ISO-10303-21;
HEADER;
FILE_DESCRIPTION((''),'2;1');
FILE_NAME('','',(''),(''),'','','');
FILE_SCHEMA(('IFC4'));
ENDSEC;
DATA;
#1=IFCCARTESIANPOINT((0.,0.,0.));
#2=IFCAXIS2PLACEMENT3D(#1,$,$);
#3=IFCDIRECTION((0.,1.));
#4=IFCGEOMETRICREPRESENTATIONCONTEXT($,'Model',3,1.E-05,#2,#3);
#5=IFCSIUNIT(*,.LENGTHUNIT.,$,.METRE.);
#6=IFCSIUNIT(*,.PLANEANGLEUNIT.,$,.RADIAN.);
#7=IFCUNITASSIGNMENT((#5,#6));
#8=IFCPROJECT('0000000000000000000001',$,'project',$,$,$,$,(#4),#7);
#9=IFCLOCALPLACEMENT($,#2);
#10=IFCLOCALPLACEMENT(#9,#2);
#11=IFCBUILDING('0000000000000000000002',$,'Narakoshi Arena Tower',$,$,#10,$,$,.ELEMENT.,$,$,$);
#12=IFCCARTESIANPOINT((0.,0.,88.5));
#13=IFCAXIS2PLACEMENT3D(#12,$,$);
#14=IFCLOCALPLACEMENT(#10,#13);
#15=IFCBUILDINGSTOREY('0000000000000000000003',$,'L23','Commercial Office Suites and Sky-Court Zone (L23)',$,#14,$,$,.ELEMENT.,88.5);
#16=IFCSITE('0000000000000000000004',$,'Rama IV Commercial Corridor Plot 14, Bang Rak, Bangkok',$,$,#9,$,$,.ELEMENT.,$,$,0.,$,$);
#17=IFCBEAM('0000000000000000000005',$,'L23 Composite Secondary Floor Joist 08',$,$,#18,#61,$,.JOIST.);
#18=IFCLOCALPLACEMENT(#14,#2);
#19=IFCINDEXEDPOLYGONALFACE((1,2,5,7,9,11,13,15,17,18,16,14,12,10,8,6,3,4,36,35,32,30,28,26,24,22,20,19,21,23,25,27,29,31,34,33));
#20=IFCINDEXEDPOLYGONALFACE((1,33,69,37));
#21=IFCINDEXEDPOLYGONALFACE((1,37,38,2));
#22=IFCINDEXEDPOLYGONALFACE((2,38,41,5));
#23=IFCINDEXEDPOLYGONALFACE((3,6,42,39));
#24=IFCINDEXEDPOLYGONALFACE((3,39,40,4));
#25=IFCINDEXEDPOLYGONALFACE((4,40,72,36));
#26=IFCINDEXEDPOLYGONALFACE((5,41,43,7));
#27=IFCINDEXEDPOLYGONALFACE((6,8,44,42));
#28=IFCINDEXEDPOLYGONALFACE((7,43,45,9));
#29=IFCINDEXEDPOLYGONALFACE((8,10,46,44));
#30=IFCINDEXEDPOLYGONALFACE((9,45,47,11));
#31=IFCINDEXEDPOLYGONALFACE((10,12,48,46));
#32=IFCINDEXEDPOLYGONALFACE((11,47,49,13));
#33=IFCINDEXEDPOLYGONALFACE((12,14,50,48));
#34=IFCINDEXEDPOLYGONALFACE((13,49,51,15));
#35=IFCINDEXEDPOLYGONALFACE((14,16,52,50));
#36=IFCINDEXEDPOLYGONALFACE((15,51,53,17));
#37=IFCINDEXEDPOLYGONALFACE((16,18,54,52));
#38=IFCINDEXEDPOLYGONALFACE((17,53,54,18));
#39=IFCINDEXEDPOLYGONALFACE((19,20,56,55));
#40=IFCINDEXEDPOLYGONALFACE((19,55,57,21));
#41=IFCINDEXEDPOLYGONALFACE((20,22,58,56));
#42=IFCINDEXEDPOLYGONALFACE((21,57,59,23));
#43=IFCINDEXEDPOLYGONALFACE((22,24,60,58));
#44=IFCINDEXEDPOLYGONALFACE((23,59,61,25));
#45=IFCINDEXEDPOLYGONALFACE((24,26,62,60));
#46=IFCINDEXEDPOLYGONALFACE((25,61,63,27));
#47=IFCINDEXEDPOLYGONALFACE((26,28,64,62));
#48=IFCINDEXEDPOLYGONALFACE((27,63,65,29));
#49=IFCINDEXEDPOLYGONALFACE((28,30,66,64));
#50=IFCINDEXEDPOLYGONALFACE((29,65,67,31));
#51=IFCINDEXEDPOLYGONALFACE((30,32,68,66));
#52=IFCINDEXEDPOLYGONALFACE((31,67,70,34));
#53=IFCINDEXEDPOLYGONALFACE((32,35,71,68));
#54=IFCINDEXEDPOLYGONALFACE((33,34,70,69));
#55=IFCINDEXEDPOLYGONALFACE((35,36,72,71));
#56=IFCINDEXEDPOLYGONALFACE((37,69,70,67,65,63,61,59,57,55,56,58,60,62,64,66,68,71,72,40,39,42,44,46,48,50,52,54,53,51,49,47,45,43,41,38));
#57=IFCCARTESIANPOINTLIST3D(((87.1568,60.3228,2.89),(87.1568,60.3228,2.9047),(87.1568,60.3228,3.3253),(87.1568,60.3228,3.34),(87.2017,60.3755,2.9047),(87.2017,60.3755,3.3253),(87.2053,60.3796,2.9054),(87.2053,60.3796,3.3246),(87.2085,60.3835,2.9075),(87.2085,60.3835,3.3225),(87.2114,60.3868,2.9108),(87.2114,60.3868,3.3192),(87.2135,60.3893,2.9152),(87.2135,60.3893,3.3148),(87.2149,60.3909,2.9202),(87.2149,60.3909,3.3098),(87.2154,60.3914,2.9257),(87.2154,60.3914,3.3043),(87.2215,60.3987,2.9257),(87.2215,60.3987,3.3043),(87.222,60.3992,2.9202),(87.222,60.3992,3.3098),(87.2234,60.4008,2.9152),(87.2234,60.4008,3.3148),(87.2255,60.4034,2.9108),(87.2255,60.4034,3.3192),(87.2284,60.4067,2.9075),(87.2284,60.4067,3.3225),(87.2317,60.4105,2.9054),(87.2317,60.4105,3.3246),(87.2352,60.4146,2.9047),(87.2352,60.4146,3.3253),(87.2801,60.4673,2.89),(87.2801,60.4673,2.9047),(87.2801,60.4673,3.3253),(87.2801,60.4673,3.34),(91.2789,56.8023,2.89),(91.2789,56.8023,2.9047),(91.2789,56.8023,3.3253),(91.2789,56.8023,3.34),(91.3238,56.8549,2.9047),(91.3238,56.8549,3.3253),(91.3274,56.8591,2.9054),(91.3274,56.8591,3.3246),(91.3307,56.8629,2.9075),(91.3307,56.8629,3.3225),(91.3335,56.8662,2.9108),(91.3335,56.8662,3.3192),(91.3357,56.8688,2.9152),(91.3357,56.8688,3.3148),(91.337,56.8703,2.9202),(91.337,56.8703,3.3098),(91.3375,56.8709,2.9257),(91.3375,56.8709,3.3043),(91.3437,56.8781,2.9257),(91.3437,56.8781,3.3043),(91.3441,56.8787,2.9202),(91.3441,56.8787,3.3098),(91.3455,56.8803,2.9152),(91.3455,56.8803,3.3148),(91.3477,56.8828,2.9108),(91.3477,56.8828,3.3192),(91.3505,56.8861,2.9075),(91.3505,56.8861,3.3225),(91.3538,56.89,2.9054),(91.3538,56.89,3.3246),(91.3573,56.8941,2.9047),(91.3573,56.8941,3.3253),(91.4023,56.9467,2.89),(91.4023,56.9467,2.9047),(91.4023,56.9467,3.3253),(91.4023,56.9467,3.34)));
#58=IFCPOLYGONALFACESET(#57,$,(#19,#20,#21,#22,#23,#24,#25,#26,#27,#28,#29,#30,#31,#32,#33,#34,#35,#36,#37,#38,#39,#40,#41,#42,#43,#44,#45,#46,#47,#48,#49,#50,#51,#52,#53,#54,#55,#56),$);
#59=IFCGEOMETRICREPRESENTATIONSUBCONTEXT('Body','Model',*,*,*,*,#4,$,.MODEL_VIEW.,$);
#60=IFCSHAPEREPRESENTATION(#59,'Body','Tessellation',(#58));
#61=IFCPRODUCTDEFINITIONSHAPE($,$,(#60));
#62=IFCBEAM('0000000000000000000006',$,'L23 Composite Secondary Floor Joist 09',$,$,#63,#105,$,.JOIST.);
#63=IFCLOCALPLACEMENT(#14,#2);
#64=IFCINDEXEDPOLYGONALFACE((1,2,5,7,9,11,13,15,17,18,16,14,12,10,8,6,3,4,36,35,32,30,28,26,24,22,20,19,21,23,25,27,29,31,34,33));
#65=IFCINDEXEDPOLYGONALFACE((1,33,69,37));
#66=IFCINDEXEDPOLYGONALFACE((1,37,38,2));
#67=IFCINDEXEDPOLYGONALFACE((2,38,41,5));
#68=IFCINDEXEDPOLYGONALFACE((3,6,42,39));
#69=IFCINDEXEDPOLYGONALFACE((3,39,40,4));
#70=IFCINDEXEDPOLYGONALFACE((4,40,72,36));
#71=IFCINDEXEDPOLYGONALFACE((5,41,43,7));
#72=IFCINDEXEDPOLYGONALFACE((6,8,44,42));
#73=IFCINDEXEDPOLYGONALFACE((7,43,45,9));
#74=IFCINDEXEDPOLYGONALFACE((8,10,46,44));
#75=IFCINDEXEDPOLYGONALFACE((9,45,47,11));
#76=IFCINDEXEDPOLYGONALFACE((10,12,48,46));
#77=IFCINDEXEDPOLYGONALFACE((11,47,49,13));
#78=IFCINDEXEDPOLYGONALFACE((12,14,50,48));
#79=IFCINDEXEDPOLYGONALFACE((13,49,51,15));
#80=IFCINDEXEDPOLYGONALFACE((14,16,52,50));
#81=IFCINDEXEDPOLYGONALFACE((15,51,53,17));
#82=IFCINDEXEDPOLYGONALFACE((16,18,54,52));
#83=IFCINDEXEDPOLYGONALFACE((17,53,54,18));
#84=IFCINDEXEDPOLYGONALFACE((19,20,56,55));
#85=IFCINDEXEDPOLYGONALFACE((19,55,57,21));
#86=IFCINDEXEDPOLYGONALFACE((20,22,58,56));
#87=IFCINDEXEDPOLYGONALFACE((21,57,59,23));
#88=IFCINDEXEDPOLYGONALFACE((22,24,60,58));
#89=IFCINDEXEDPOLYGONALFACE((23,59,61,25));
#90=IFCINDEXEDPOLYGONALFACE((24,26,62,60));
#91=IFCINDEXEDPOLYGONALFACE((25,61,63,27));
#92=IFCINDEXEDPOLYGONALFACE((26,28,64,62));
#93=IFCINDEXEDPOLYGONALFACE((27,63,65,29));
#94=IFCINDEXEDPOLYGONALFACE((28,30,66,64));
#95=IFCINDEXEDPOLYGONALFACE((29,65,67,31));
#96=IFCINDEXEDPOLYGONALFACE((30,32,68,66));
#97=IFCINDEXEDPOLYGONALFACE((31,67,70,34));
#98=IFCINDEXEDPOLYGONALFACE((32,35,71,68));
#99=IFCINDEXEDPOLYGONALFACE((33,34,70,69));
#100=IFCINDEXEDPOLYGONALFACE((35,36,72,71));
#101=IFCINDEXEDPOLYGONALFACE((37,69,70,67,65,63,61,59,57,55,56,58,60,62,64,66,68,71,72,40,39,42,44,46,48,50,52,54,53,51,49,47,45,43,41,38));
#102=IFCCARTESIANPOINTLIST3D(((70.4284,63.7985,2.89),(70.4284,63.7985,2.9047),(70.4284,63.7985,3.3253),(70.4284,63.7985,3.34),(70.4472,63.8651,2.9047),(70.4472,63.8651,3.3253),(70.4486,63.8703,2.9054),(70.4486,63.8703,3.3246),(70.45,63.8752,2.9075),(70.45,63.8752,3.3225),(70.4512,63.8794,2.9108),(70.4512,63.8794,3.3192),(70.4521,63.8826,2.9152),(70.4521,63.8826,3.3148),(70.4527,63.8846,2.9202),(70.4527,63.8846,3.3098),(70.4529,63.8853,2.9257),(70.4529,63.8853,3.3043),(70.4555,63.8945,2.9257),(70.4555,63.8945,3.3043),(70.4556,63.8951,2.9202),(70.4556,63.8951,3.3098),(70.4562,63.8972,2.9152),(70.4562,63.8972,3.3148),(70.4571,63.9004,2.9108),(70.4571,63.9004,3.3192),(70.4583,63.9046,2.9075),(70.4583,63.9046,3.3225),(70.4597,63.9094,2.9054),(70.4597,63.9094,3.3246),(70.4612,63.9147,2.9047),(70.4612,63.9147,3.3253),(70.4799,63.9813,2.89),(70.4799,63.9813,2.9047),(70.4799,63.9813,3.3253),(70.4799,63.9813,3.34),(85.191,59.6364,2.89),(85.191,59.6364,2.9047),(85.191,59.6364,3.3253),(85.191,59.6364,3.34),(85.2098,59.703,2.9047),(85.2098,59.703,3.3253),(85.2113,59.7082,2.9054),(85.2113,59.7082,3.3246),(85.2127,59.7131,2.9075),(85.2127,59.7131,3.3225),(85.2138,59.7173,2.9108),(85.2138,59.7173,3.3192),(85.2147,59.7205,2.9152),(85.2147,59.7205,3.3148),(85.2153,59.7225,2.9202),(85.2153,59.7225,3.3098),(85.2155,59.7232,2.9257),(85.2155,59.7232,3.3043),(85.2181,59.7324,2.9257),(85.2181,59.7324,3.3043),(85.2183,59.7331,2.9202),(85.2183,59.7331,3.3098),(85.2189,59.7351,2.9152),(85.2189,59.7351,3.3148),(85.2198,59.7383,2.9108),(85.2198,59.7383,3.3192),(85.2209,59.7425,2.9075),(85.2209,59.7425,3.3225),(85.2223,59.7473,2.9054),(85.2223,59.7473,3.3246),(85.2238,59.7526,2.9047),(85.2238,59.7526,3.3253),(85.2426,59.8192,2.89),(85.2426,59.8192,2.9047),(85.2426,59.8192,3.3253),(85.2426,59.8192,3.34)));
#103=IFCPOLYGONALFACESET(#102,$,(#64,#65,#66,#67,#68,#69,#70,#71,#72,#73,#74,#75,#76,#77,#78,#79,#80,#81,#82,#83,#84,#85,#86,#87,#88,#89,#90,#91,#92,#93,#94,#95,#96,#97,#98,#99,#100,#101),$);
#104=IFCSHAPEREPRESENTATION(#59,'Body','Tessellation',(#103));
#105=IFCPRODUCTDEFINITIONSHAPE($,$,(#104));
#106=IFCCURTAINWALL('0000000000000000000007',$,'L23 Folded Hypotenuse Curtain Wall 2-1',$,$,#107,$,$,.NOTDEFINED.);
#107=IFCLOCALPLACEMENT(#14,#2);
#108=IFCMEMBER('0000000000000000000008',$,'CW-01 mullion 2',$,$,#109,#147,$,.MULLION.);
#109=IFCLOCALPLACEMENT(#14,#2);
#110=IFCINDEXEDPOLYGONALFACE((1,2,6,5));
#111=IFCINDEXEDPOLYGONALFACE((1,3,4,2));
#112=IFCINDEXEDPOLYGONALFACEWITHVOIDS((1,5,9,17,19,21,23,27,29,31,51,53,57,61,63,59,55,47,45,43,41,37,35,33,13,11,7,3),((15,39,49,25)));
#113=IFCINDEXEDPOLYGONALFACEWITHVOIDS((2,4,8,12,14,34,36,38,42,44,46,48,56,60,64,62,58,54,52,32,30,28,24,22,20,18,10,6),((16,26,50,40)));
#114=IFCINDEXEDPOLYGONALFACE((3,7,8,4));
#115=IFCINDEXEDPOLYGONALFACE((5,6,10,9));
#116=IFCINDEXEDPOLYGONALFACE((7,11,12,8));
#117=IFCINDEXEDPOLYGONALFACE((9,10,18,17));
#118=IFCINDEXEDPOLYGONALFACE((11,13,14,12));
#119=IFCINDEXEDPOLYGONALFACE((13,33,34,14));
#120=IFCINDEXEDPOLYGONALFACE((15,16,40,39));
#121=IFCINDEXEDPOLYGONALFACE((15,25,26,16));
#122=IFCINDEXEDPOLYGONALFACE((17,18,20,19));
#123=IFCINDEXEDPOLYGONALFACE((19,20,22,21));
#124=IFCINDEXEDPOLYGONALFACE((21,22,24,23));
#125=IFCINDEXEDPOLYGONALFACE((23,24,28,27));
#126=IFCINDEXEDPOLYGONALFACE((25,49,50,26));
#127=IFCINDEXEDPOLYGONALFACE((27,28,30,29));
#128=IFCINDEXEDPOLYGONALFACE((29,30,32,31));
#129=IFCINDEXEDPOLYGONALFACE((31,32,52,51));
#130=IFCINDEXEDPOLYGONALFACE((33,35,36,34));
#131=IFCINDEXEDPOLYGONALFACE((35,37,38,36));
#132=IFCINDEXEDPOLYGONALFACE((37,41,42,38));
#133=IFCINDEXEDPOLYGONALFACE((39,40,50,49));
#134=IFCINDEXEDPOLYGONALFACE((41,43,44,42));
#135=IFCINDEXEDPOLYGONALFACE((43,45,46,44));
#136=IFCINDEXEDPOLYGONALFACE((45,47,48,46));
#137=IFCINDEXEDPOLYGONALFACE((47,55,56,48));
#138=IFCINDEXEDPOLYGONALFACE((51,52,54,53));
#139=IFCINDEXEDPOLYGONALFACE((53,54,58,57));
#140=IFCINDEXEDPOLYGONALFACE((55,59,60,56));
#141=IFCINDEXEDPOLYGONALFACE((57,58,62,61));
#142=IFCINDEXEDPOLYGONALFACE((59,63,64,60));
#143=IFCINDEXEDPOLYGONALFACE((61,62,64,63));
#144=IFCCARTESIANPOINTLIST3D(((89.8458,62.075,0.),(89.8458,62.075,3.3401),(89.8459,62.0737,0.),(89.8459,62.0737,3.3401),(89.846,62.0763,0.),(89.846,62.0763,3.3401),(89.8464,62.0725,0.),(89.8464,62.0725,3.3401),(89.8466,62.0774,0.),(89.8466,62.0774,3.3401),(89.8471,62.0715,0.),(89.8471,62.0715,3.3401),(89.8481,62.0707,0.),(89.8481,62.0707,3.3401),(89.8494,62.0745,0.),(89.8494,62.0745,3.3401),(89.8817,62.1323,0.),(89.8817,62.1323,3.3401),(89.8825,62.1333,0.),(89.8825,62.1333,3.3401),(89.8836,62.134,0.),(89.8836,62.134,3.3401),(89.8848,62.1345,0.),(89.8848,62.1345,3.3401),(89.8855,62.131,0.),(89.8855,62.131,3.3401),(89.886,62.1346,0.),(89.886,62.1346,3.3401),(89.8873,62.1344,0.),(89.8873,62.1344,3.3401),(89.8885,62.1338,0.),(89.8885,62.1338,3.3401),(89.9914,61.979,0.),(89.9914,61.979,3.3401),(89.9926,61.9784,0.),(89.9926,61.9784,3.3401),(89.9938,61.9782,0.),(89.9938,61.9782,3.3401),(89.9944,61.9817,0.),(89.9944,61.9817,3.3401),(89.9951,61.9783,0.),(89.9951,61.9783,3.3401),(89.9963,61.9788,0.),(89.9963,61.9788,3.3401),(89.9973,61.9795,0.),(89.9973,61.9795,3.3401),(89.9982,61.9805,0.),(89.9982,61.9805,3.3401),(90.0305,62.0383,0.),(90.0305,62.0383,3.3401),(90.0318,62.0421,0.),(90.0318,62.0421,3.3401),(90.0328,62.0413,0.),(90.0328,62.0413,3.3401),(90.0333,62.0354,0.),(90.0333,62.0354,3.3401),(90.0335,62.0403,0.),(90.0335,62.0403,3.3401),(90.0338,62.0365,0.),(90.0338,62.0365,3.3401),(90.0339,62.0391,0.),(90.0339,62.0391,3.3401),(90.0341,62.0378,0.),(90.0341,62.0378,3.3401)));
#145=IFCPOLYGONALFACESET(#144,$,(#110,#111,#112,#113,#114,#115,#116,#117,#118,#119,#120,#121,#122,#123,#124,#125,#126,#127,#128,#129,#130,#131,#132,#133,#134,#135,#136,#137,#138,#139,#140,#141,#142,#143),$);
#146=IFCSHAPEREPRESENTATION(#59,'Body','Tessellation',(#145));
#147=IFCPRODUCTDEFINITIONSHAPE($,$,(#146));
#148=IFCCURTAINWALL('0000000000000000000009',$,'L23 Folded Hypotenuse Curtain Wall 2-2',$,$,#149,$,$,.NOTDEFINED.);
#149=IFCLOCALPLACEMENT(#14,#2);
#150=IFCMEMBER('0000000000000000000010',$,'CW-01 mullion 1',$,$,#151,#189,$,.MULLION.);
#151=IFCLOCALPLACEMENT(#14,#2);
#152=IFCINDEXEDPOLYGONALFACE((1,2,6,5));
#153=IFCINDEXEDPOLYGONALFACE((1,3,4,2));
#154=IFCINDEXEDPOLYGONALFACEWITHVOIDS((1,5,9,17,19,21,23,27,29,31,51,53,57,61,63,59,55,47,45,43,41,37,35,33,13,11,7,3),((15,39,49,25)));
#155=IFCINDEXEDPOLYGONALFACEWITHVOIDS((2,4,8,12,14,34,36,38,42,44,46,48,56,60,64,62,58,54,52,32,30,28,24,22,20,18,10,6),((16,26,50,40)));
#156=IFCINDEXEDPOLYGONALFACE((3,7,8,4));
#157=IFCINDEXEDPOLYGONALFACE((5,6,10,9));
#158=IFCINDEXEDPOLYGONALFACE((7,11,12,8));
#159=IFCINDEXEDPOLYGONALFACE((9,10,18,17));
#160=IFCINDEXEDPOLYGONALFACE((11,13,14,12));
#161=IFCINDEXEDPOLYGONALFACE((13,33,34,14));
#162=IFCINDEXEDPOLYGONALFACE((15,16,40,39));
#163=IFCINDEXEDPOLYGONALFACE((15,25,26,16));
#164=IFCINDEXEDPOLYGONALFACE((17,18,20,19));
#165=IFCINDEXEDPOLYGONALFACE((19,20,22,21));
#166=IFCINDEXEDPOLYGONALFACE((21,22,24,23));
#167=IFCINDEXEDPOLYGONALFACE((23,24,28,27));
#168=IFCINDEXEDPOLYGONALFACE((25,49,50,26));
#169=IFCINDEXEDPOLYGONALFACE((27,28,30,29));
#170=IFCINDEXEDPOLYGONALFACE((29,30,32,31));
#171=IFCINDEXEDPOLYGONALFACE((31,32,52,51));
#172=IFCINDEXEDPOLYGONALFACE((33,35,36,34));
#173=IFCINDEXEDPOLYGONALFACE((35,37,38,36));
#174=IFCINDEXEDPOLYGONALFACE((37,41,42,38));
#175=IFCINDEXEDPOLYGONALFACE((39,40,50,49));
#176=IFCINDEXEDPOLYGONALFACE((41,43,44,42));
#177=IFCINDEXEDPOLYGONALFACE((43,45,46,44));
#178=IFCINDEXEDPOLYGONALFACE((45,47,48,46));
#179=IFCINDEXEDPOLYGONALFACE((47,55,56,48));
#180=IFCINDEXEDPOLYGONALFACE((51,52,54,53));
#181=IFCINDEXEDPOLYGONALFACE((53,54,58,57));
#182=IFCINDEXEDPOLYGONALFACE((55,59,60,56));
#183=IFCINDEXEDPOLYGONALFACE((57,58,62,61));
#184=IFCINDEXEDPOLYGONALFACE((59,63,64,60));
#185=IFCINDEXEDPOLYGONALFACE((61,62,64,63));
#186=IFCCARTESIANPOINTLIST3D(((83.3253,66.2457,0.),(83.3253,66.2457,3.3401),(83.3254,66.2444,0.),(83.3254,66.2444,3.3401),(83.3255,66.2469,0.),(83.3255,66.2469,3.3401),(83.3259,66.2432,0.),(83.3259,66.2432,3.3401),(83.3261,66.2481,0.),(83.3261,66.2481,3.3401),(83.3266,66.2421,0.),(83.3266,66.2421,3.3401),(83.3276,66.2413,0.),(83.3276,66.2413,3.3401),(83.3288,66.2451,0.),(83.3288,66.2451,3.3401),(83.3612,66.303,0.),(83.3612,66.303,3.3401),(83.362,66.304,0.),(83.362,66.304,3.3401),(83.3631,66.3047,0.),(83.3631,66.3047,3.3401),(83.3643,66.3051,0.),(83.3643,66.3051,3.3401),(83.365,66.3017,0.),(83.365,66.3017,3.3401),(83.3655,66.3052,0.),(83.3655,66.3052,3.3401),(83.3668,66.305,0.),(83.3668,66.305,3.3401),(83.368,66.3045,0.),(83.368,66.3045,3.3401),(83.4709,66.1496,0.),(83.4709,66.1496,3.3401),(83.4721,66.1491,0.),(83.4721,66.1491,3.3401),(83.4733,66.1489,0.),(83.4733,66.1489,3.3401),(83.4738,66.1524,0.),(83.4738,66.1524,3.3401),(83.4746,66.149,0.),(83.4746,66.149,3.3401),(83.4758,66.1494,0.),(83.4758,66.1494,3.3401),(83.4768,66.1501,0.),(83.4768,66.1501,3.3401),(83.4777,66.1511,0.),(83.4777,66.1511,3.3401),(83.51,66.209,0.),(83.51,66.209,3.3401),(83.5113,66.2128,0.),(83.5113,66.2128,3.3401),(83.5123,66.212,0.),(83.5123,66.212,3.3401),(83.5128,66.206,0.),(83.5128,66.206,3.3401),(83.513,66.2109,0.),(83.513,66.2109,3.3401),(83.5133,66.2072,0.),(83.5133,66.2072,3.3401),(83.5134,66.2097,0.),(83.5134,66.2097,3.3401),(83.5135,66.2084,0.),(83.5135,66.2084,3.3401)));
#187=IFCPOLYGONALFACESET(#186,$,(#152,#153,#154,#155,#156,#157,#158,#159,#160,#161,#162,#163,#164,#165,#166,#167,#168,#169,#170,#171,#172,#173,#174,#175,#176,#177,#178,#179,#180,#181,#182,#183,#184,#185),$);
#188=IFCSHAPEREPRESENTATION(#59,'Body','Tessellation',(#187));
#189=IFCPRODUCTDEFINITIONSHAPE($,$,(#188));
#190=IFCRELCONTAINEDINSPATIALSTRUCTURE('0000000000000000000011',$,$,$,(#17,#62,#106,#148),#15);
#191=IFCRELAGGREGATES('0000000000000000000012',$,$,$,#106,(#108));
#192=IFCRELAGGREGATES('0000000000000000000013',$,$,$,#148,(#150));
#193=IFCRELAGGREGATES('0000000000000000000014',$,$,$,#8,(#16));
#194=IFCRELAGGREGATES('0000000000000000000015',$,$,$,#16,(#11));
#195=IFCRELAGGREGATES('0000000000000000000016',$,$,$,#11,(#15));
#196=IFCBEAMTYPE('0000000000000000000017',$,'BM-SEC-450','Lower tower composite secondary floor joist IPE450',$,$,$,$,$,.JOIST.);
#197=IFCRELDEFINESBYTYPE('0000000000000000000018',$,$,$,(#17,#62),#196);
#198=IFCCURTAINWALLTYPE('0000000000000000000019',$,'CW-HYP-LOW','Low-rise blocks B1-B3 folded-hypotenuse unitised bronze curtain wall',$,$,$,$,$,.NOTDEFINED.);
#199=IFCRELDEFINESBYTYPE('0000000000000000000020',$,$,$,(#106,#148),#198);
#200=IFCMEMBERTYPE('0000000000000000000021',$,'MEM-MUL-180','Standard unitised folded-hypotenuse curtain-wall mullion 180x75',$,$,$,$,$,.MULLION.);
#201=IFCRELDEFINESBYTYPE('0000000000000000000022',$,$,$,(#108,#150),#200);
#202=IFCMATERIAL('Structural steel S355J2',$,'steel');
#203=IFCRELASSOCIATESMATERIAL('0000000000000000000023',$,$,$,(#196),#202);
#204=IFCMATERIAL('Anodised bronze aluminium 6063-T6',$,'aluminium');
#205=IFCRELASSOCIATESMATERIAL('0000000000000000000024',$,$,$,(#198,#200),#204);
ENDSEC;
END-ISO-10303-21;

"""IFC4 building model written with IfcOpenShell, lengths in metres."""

from ifc_helpers import new_model, si_unit, direction, frame, origin, origin_2d, place, context, subcontext, project, spatial, hollow_rectangle, i_section, extrude, material, material_profile, profile_set, type_object, element, aggregate, save


model = new_model("IFC4")

# Units and contexts
model_context = context("Model", 3, precision=1e-05, world=origin(), true_north=direction((0.0, 1.0)))
body_context = subcontext(model_context, "Body", "Model", "MODEL_VIEW")
ifc_project = project(units=[si_unit("LENGTHUNIT", "METRE"), si_unit("PLANEANGLEUNIT", "RADIAN")], contexts=[model_context])

# Site, building, storey
site_placement = place(None, origin())
site = spatial("IfcSite", under=ifc_project, at=site_placement, Name="Rama IV Commercial Corridor Plot 14, Bang Rak, Bangkok", CompositionType="ELEMENT", RefElevation=0.0)
building_placement = place(site_placement, origin())
building = spatial("IfcBuilding", under=site, at=building_placement, Name="Narakoshi Arena Tower", CompositionType="ELEMENT")
storey_placement = place(building_placement, frame((0.0, 0.0, 88.5)))
storey = spatial("IfcBuildingStorey", under=building, at=storey_placement, Name="L23", Description="Commercial Office Suites and Sky-Court Zone (L23)", CompositionType="ELEMENT", Elevation=88.5)

# Beams
ifc_material_1 = material(Name="Structural steel S355J2", Category="steel")
ifc_material_profile_1 = material_profile(ifc_material_1, i_section(OverallWidth=0.1899, OverallDepth=0.45, WebThickness=0.0095, FlangeThickness=0.0146, FilletRadius=0.021, at=origin_2d()), Name="IPE450")
ifc_profile_set_1 = profile_set([ifc_material_profile_1], Name="Structural steel S355J2")
beam_type_1 = type_object("IfcBeamType", Name="BM-SEC-450", Description="Lower tower composite secondary floor joist IPE450", PredefinedType="JOIST", material=ifc_profile_set_1)
beam_1_placement = place(storey_placement, frame((91.3406, 56.8745, 3.115), z_axis=(-0.760413, 0.64944, 0.0), x_axis=(-0.64944, -0.760413, 0.0)))
element("IfcBeam", 1, at=beam_1_placement, inside=storey, type_object=beam_type_1, Name="L23 Composite Secondary Floor Joist 08", PredefinedType="JOIST", context=body_context, shape_type="SweptSolid", body=[
    extrude(i_section(OverallWidth=0.1899, OverallDepth=0.45, WebThickness=0.0095, FlangeThickness=0.0146, FilletRadius=0.021, at=origin_2d()), origin(), (0.0, 0.0, 1.0), 5.4209),
])
beam_2_placement = place(storey_placement, frame((85.2168, 59.7278, 3.115), z_axis=(-0.962479, 0.271356, 0.0), x_axis=(-0.271356, -0.962479, 0.0)))
element("IfcBeam", 2, at=beam_2_placement, inside=storey, type_object=beam_type_1, Name="L23 Composite Secondary Floor Joist 09", PredefinedType="JOIST", context=body_context, shape_type="SweptSolid", body=[
    extrude(i_section(OverallWidth=0.1899, OverallDepth=0.45, WebThickness=0.0095, FlangeThickness=0.0146, FilletRadius=0.021, at=origin_2d()), origin(), (0.0, 0.0, 1.0), 15.3381),
])

# Curtain wall, member
ifc_material_2 = material(Name="Anodised bronze aluminium 6063-T6", Category="aluminium")
curtain_wall_type = type_object("IfcCurtainWallType", Name="CW-HYP-LOW", Description="Low-rise blocks B1-B3 folded-hypotenuse unitised bronze curtain wall", PredefinedType="NOTDEFINED", material=ifc_material_2)
curtain_wall_1_placement = place(storey_placement, origin())
curtain_wall_1 = element("IfcCurtainWall", 3, at=curtain_wall_1_placement, inside=storey, type_object=curtain_wall_type, Name="L23 Folded Hypotenuse Curtain Wall 2-1", PredefinedType="NOTDEFINED")
ifc_material_profile_2 = material_profile(ifc_material_2, hollow_rectangle(XDim=0.075, YDim=0.1799, WallThickness=0.0039, OuterFilletRadius=0.0049, at=origin_2d()), Name="MUL180x75x4")
ifc_profile_set_2 = profile_set([ifc_material_profile_2], Name="Anodised bronze aluminium 6063-T6")
member_type_1 = type_object("IfcMemberType", Name="MEM-MUL-180", Description="Standard unitised folded-hypotenuse curtain-wall mullion 180x75", PredefinedType="MULLION", material=ifc_profile_set_2)
member_1_placement = place(storey_placement, frame((89.9399, 62.0564, 0.0), z_axis=(0.0, 0.0, 1.0), x_axis=(-0.538822, -0.842419, 0.0)))
member_1 = element("IfcMember", 4, at=member_1_placement, type_object=member_type_1, Name="CW-01 mullion 2", PredefinedType="MULLION", context=body_context, shape_type="SweptSolid", body=[
    extrude(hollow_rectangle(XDim=0.075, YDim=0.1799, WallThickness=0.0039, OuterFilletRadius=0.0049, at=origin_2d()), origin(), (0.0, 0.0, 1.0), 3.3401),
])

# Curtain wall, member
curtain_wall_2_placement = place(storey_placement, origin())
curtain_wall_2 = element("IfcCurtainWall", 5, at=curtain_wall_2_placement, inside=storey, type_object=curtain_wall_type, Name="L23 Folded Hypotenuse Curtain Wall 2-2", PredefinedType="NOTDEFINED")
member_2_placement = place(storey_placement, frame((83.4194, 66.2271, 0.0), z_axis=(0.0, 0.0, 1.0), x_axis=(-0.538829, -0.842415, 0.0)))
member_2 = element("IfcMember", 6, at=member_2_placement, type_object=member_type_1, Name="CW-01 mullion 1", PredefinedType="MULLION", context=body_context, shape_type="SweptSolid", body=[
    extrude(hollow_rectangle(XDim=0.075, YDim=0.1799, WallThickness=0.0039, OuterFilletRadius=0.0049, at=origin_2d()), origin(), (0.0, 0.0, 1.0), 3.3401),
])

aggregate(curtain_wall_1, [member_1])
aggregate(curtain_wall_2, [member_2])

save(model, "model.ifc")
